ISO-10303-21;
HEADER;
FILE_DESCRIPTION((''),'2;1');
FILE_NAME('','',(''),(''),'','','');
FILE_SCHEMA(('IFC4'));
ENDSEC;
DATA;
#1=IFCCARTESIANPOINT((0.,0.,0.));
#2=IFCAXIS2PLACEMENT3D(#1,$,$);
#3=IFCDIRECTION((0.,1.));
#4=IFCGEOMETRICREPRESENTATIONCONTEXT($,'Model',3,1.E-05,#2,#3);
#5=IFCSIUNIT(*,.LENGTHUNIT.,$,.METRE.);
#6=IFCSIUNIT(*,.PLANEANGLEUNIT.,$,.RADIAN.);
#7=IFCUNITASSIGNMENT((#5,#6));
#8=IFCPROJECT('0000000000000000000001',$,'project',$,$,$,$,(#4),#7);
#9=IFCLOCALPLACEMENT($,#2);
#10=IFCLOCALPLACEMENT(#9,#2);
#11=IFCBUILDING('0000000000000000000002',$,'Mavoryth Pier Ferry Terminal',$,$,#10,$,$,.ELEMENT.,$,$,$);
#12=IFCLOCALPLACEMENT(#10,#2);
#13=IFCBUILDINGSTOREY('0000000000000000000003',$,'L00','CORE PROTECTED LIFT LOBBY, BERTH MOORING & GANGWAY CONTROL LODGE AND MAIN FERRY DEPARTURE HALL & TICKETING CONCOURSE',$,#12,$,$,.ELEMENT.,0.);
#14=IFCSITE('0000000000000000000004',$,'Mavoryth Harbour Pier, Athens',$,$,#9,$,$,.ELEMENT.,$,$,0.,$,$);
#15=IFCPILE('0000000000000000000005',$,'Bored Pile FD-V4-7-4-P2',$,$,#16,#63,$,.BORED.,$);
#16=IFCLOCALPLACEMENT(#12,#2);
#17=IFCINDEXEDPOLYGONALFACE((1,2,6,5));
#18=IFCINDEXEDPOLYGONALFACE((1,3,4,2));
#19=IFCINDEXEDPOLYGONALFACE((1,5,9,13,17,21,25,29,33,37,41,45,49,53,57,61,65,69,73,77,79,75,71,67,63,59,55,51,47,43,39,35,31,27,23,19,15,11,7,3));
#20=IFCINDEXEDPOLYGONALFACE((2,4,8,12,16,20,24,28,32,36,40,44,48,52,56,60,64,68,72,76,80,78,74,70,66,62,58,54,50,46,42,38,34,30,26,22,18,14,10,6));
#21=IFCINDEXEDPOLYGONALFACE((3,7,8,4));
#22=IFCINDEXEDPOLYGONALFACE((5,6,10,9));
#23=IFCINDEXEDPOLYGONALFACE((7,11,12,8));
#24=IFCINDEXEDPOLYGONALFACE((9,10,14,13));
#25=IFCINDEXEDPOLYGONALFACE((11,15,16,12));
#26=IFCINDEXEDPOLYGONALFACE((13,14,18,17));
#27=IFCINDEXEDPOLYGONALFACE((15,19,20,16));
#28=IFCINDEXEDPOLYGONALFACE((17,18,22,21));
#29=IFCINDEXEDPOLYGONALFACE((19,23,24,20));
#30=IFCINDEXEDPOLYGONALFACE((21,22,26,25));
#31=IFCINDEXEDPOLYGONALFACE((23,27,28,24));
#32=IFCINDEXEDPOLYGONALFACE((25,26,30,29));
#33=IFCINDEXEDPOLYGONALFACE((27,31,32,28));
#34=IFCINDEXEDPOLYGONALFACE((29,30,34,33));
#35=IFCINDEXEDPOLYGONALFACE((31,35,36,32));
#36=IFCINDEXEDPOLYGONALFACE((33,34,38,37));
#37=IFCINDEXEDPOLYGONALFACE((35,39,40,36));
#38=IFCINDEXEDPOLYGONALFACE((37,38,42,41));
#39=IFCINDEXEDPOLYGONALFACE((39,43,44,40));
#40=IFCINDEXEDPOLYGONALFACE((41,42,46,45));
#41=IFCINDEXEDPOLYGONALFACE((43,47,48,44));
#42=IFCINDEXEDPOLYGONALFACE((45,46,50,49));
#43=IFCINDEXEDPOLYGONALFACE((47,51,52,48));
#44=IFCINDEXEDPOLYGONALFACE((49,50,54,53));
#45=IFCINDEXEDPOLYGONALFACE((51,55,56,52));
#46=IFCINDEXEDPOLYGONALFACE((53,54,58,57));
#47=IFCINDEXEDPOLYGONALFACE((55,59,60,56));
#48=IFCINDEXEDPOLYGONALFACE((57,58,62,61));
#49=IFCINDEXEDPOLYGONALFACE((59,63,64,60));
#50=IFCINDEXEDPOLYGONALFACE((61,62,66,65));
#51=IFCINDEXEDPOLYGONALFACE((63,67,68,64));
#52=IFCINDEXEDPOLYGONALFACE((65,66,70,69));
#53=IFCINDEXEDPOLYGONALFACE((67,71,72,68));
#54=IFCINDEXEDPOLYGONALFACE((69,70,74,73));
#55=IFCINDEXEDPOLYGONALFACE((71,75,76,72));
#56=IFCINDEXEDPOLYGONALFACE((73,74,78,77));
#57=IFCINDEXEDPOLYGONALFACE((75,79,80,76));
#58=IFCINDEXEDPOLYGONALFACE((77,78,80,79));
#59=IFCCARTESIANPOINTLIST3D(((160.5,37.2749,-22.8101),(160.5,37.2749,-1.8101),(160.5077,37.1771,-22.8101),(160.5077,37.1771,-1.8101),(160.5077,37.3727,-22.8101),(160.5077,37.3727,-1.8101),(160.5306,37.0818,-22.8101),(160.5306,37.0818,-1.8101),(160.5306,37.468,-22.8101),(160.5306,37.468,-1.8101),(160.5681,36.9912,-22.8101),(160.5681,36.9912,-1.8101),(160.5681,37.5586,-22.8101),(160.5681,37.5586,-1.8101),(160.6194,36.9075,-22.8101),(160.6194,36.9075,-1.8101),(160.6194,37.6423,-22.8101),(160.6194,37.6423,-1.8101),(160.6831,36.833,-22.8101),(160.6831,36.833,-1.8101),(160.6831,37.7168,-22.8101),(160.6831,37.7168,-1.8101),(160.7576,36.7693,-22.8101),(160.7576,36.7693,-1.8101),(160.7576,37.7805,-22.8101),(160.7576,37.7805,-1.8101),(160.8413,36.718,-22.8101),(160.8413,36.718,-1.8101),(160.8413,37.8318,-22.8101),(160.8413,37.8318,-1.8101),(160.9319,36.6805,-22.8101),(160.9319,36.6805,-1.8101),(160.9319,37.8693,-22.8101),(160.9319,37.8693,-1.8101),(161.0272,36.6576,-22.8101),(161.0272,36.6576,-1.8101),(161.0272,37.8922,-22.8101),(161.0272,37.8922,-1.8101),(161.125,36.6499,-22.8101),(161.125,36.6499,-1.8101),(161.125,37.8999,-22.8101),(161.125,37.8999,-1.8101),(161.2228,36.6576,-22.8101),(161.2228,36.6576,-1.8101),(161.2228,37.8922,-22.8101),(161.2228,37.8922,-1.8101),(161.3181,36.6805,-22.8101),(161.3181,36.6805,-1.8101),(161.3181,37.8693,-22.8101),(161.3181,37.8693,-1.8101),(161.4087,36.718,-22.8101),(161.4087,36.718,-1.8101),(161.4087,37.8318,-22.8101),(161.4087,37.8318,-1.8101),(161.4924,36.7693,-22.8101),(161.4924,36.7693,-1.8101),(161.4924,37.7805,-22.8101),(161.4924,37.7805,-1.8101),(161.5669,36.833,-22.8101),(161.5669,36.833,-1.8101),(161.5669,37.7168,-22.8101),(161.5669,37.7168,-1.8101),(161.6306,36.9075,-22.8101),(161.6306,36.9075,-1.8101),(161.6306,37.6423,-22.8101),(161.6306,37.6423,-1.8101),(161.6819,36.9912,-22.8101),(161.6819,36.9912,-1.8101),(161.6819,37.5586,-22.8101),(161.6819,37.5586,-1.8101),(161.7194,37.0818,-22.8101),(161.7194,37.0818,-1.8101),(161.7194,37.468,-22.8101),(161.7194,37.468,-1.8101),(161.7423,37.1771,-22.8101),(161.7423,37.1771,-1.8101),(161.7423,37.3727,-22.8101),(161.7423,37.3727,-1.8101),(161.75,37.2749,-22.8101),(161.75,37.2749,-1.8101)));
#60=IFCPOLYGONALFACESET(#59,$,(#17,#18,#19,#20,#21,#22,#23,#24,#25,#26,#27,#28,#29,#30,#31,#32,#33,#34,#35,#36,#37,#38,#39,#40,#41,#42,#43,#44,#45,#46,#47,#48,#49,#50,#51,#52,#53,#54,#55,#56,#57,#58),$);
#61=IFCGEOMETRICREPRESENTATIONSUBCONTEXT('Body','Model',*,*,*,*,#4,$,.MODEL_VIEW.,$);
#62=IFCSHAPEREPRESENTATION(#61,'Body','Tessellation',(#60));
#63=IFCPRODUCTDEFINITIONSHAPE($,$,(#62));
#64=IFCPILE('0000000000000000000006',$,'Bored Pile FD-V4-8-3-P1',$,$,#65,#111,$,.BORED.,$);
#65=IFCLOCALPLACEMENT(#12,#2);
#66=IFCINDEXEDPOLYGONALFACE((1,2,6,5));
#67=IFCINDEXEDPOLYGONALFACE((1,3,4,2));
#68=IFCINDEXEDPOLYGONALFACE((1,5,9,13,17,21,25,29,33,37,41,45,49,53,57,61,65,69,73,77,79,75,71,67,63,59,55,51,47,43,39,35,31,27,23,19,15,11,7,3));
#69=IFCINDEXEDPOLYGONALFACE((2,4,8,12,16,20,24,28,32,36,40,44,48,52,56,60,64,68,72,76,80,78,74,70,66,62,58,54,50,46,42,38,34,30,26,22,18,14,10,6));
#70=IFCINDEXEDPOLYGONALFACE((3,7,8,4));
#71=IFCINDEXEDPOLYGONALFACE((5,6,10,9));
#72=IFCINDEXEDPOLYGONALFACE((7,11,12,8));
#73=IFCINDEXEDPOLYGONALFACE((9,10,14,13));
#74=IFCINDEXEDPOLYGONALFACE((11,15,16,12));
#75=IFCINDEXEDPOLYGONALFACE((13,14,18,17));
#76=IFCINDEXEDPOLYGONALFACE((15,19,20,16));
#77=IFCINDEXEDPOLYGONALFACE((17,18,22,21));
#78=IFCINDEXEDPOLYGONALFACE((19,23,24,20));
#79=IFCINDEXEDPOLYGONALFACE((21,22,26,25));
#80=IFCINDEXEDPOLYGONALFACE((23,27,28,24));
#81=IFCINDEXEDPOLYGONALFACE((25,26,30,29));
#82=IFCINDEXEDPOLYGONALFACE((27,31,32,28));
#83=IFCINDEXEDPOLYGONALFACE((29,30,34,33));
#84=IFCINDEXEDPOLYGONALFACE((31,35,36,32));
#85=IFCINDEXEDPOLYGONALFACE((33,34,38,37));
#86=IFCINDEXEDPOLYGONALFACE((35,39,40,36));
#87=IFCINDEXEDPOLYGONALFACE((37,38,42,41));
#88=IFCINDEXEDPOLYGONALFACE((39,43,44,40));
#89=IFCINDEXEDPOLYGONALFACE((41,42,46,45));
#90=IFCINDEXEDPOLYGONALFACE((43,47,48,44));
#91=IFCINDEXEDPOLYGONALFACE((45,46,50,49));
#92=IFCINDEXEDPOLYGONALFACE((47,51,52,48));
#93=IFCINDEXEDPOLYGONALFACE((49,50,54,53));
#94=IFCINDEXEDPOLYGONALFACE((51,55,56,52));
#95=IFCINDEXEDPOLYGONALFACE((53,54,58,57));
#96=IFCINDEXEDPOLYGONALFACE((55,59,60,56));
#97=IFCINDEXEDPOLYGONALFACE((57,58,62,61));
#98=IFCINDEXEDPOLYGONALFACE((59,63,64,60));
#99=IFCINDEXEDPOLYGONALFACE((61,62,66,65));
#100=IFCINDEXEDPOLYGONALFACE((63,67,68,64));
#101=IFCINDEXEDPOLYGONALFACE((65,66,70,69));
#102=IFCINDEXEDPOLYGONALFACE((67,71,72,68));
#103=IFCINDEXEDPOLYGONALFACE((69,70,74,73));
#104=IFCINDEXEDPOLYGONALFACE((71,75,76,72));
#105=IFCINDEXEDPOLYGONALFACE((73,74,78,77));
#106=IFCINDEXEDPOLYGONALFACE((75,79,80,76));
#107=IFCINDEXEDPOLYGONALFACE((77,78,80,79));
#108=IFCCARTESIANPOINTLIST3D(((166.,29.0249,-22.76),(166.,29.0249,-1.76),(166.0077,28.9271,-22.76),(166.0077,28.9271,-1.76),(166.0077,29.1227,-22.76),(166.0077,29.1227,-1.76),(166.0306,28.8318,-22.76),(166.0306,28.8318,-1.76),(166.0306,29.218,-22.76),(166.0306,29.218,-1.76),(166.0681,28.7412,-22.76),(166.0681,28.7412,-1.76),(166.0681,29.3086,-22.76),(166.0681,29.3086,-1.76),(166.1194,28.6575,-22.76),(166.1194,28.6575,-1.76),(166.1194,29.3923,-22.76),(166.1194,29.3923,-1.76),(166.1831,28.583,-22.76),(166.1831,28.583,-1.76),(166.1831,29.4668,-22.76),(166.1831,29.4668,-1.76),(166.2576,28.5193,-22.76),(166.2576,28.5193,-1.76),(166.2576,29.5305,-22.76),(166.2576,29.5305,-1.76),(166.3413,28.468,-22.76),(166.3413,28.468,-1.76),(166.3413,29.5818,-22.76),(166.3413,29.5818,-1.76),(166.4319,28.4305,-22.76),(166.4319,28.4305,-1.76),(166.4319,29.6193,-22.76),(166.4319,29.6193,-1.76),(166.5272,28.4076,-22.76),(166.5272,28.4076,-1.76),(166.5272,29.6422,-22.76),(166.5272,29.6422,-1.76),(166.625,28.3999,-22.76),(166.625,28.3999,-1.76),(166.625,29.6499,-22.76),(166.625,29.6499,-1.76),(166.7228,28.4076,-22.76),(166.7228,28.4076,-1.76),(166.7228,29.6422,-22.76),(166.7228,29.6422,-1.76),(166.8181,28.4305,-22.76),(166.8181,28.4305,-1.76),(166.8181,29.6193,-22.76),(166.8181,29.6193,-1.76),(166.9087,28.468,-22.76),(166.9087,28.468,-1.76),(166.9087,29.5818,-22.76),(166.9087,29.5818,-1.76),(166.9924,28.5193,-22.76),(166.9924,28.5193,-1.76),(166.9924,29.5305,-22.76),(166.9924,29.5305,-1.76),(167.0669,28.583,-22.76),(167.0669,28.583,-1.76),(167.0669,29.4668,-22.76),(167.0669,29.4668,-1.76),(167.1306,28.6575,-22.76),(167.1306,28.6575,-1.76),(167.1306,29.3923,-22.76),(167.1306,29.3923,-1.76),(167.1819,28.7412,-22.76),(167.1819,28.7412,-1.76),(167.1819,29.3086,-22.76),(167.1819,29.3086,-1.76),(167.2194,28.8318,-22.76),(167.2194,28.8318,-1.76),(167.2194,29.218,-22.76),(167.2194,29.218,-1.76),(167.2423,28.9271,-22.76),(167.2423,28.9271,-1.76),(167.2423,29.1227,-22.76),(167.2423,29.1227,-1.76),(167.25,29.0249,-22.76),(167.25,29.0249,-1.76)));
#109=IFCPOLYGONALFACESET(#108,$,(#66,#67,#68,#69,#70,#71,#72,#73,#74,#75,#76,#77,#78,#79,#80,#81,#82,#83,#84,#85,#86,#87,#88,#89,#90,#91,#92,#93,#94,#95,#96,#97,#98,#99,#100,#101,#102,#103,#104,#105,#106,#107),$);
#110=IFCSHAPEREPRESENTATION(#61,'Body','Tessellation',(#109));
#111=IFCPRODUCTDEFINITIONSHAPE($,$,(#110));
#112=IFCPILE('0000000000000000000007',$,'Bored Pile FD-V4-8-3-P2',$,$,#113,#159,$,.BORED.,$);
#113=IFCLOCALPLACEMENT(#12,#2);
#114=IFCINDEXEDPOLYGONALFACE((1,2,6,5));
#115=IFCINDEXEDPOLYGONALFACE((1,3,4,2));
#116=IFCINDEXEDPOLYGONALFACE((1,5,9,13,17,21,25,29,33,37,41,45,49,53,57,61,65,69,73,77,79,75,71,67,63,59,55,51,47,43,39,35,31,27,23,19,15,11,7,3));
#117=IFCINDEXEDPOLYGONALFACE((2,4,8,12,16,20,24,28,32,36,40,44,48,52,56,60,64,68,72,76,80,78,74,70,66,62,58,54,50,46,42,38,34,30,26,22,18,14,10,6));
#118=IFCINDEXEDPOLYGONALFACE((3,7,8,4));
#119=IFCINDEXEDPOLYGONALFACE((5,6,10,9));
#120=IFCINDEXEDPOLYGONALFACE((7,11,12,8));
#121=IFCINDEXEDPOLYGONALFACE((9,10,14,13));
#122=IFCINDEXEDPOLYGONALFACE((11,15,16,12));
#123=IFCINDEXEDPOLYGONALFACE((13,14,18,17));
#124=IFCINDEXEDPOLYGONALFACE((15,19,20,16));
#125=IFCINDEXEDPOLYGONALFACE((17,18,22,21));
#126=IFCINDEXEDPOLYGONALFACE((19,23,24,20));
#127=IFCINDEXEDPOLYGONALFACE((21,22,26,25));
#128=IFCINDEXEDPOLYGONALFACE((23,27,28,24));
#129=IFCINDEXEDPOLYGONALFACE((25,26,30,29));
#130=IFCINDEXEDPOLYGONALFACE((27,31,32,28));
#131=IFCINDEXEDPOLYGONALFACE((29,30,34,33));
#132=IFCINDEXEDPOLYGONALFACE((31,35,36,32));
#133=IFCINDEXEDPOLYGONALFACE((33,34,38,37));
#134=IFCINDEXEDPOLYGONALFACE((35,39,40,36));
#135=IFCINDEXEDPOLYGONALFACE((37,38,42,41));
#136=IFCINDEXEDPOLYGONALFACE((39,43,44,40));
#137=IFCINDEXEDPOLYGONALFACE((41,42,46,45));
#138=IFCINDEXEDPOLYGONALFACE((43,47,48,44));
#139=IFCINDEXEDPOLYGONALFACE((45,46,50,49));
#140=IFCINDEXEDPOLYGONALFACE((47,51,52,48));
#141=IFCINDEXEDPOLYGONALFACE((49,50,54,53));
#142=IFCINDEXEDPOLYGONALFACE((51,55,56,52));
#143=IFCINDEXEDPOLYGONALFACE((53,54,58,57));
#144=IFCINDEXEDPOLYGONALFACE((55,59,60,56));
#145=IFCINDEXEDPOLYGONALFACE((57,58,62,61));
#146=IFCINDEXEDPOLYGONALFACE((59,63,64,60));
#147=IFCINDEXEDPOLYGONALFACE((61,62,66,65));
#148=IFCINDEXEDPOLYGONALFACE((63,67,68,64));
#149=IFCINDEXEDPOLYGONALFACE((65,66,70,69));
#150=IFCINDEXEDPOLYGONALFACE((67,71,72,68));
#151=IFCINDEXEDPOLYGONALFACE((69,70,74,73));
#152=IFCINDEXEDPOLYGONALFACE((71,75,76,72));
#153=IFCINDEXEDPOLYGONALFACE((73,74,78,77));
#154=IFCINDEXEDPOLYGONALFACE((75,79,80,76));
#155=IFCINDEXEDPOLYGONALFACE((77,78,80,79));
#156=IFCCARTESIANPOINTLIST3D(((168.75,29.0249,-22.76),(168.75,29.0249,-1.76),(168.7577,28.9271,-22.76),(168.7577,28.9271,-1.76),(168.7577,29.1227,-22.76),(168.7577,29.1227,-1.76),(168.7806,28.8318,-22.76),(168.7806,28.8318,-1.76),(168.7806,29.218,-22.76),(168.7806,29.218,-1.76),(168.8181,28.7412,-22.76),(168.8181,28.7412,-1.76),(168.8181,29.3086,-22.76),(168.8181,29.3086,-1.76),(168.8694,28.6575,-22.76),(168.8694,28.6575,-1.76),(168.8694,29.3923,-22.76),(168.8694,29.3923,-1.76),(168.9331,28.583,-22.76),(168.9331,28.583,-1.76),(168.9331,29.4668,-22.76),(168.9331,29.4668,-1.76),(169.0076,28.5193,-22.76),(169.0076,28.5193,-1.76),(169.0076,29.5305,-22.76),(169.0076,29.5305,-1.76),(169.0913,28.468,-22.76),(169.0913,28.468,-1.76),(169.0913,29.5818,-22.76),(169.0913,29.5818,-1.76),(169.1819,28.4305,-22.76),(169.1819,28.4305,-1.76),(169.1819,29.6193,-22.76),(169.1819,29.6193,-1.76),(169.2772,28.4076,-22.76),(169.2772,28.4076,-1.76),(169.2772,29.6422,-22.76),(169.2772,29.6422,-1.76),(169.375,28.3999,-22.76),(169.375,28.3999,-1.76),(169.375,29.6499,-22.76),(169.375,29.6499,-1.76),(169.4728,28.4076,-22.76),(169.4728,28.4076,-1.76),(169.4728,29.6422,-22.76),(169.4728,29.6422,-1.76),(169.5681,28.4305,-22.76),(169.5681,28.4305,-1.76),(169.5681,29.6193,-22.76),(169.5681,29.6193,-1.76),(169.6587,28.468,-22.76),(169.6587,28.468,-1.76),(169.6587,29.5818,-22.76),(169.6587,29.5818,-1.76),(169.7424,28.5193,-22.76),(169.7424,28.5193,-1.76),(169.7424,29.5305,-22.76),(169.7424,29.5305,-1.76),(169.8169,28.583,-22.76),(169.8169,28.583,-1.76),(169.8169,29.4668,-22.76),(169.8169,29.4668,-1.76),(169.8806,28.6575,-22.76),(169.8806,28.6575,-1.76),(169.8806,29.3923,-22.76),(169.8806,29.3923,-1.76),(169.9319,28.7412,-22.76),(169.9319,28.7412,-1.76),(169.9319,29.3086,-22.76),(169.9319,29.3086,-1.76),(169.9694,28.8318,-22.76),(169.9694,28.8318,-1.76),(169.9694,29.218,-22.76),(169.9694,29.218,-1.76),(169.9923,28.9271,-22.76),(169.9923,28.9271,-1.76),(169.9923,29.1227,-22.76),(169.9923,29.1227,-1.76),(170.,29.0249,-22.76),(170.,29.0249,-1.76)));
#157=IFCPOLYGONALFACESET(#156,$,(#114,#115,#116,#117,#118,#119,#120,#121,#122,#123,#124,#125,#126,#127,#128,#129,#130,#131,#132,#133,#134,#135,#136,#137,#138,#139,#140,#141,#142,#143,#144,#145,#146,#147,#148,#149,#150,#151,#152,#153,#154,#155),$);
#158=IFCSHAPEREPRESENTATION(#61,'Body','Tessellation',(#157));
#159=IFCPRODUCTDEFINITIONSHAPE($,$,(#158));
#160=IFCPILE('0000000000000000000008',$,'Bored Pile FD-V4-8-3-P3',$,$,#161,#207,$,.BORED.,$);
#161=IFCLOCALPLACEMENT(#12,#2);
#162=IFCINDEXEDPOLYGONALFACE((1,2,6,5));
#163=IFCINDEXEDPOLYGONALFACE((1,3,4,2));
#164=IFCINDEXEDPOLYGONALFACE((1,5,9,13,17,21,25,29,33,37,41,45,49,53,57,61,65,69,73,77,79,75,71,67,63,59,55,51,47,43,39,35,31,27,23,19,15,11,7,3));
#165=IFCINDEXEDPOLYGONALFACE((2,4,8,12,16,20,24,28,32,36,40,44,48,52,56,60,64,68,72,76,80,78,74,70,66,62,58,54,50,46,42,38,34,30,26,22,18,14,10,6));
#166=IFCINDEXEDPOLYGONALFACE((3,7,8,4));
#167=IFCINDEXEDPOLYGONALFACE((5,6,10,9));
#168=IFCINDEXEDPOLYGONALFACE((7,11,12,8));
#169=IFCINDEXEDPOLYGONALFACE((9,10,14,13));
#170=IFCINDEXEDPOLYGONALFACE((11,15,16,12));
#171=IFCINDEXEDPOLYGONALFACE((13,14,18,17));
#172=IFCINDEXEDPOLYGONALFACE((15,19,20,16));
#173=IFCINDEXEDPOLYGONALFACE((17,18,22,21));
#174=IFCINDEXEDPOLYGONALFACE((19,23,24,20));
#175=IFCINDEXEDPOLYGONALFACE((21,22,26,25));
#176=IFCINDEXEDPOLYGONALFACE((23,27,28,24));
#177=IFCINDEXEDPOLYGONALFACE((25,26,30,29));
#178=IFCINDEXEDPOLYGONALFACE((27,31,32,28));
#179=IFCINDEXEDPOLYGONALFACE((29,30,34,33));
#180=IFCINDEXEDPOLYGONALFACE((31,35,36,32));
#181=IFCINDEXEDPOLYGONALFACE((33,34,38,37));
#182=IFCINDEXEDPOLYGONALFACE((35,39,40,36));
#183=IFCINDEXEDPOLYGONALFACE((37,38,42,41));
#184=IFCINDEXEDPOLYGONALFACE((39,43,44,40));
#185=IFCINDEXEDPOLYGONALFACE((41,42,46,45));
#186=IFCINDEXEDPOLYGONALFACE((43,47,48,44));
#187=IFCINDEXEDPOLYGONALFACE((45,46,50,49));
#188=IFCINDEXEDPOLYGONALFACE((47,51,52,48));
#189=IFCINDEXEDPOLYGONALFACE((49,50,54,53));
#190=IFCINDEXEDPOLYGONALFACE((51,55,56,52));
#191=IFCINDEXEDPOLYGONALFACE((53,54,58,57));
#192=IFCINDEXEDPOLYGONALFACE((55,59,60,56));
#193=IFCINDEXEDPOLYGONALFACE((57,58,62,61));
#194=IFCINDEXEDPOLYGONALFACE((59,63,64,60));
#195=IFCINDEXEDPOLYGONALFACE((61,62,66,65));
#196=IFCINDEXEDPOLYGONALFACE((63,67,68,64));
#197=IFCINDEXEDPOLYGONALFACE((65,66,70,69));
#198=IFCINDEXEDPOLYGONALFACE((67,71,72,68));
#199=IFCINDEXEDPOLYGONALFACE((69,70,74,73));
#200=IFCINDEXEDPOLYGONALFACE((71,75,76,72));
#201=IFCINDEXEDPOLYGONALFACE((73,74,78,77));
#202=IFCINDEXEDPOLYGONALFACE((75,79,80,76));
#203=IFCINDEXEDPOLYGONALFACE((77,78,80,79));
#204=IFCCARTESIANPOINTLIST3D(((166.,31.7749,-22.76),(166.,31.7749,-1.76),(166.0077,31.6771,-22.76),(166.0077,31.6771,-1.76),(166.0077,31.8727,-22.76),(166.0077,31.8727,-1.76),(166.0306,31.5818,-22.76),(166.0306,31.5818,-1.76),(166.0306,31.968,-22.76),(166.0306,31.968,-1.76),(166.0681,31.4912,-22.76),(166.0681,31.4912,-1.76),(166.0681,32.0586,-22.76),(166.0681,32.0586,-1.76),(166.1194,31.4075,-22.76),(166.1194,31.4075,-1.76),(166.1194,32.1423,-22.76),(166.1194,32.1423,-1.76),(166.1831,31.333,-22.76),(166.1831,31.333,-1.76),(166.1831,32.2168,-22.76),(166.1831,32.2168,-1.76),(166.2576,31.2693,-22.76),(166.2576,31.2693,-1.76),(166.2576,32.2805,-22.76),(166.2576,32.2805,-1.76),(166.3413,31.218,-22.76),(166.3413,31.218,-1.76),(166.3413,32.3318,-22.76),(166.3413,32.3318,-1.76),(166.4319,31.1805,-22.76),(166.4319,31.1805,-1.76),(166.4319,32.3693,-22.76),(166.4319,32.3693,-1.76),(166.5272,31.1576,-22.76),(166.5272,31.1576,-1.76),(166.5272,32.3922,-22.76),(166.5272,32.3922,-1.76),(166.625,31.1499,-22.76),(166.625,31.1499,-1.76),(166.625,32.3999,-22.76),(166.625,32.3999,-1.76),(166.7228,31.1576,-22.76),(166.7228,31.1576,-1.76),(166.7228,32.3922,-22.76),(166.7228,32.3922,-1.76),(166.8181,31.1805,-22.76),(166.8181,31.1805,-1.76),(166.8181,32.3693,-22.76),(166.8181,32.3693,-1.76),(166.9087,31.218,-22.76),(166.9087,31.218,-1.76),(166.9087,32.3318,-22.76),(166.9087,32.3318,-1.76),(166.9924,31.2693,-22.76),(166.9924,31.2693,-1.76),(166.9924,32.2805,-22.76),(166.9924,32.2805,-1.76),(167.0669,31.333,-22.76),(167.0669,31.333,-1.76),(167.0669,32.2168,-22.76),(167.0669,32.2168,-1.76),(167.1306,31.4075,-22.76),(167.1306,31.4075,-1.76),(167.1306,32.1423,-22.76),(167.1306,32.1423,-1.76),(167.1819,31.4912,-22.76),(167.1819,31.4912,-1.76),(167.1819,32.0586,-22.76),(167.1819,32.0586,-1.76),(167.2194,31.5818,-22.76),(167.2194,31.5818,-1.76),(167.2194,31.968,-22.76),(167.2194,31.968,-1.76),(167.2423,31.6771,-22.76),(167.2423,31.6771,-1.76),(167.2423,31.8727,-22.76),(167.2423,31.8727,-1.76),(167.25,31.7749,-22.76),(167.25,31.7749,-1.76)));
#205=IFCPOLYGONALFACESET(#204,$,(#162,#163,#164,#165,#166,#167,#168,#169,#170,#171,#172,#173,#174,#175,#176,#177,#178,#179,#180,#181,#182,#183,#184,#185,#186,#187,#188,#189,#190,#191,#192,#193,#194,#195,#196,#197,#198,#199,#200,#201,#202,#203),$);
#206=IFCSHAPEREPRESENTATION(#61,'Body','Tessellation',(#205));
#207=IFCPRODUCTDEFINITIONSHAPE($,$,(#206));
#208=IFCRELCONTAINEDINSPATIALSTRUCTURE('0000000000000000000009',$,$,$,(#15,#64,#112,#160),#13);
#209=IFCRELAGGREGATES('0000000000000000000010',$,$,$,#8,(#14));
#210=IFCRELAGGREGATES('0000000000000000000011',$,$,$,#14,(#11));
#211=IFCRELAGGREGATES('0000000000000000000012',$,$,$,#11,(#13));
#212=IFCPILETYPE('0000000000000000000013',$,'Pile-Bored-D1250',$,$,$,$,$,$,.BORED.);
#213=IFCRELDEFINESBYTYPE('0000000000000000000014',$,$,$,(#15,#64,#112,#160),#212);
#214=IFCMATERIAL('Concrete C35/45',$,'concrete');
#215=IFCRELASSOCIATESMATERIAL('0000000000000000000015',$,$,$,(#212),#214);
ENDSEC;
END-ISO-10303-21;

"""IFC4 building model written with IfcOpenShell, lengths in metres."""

from ifc_helpers import new_model, si_unit, direction, frame, origin, origin_2d, place, context, subcontext, project, spatial, circle, extrude, material, material_profile, profile_set, type_object, element, save


model = new_model("IFC4")

# Units and contexts
model_context = context("Model", 3, precision=1e-05, world=origin(), true_north=direction((0.0, 1.0)))
body_context = subcontext(model_context, "Body", "Model", "MODEL_VIEW")
ifc_project = project(units=[si_unit("LENGTHUNIT", "METRE"), si_unit("PLANEANGLEUNIT", "RADIAN")], contexts=[model_context])

# Site, building, storey
site_placement = place(None, origin())
site = spatial("IfcSite", under=ifc_project, at=site_placement, Name="Mavoryth Harbour Pier, Athens", CompositionType="ELEMENT", RefElevation=0.0)
building_placement = place(site_placement, origin())
building = spatial("IfcBuilding", under=site, at=building_placement, Name="Mavoryth Pier Ferry Terminal", CompositionType="ELEMENT")
storey_placement = place(building_placement, origin())
storey = spatial("IfcBuildingStorey", under=building, at=storey_placement, Name="L00", Description="CORE PROTECTED LIFT LOBBY, BERTH MOORING & GANGWAY CONTROL LODGE AND MAIN FERRY DEPARTURE HALL & TICKETING CONCOURSE", CompositionType="ELEMENT", Elevation=0.0)

# Shared definitions
ifc_material_1 = material(Name="Concrete C35/45", Category="concrete")

# Piles
ifc_material_profile_1 = material_profile(ifc_material_1, circle(Radius=0.625, at=origin_2d()), Name="PILE D1250", Category="concrete")
ifc_profile_set_1 = profile_set([ifc_material_profile_1], Name="Concrete C35/45 - PILE D1250")
pile_type = type_object("IfcPileType", Name="Pile-Bored-D1250", PredefinedType="BORED", material=ifc_profile_set_1)
for number, where, z_axis, x_axis, name in (
    (1, (161.125, 37.2749, -1.8101), (0.0, 0.0, -1.0), (1.0, 0.0, 0.0), "Bored Pile FD-V4-7-4-P2"),
    (2, (166.625, 29.0249, -1.76), (0.0, 0.0, -1.0), (1.0, 0.0, 0.0), "Bored Pile FD-V4-8-3-P1"),
    (3, (169.375, 29.0249, -1.76), (0.0, 0.0, -1.0), (1.0, 0.0, 0.0), "Bored Pile FD-V4-8-3-P2"),
    (4, (166.625, 31.7749, -1.76), (0.0, 0.0, -1.0), (1.0, 0.0, 0.0), "Bored Pile FD-V4-8-3-P3"),
):
    element("IfcPile", number, at=place(storey_placement, frame(where, z_axis=z_axis, x_axis=x_axis)), inside=storey, type_object=pile_type, Name=name, PredefinedType="BORED", context=body_context, shape_type="SweptSolid", body=[
        extrude(circle(Radius=0.625, at=origin_2d()), origin(), (0.0, 0.0, 1.0), 21.0),
    ])

save(model, "model.ifc")
